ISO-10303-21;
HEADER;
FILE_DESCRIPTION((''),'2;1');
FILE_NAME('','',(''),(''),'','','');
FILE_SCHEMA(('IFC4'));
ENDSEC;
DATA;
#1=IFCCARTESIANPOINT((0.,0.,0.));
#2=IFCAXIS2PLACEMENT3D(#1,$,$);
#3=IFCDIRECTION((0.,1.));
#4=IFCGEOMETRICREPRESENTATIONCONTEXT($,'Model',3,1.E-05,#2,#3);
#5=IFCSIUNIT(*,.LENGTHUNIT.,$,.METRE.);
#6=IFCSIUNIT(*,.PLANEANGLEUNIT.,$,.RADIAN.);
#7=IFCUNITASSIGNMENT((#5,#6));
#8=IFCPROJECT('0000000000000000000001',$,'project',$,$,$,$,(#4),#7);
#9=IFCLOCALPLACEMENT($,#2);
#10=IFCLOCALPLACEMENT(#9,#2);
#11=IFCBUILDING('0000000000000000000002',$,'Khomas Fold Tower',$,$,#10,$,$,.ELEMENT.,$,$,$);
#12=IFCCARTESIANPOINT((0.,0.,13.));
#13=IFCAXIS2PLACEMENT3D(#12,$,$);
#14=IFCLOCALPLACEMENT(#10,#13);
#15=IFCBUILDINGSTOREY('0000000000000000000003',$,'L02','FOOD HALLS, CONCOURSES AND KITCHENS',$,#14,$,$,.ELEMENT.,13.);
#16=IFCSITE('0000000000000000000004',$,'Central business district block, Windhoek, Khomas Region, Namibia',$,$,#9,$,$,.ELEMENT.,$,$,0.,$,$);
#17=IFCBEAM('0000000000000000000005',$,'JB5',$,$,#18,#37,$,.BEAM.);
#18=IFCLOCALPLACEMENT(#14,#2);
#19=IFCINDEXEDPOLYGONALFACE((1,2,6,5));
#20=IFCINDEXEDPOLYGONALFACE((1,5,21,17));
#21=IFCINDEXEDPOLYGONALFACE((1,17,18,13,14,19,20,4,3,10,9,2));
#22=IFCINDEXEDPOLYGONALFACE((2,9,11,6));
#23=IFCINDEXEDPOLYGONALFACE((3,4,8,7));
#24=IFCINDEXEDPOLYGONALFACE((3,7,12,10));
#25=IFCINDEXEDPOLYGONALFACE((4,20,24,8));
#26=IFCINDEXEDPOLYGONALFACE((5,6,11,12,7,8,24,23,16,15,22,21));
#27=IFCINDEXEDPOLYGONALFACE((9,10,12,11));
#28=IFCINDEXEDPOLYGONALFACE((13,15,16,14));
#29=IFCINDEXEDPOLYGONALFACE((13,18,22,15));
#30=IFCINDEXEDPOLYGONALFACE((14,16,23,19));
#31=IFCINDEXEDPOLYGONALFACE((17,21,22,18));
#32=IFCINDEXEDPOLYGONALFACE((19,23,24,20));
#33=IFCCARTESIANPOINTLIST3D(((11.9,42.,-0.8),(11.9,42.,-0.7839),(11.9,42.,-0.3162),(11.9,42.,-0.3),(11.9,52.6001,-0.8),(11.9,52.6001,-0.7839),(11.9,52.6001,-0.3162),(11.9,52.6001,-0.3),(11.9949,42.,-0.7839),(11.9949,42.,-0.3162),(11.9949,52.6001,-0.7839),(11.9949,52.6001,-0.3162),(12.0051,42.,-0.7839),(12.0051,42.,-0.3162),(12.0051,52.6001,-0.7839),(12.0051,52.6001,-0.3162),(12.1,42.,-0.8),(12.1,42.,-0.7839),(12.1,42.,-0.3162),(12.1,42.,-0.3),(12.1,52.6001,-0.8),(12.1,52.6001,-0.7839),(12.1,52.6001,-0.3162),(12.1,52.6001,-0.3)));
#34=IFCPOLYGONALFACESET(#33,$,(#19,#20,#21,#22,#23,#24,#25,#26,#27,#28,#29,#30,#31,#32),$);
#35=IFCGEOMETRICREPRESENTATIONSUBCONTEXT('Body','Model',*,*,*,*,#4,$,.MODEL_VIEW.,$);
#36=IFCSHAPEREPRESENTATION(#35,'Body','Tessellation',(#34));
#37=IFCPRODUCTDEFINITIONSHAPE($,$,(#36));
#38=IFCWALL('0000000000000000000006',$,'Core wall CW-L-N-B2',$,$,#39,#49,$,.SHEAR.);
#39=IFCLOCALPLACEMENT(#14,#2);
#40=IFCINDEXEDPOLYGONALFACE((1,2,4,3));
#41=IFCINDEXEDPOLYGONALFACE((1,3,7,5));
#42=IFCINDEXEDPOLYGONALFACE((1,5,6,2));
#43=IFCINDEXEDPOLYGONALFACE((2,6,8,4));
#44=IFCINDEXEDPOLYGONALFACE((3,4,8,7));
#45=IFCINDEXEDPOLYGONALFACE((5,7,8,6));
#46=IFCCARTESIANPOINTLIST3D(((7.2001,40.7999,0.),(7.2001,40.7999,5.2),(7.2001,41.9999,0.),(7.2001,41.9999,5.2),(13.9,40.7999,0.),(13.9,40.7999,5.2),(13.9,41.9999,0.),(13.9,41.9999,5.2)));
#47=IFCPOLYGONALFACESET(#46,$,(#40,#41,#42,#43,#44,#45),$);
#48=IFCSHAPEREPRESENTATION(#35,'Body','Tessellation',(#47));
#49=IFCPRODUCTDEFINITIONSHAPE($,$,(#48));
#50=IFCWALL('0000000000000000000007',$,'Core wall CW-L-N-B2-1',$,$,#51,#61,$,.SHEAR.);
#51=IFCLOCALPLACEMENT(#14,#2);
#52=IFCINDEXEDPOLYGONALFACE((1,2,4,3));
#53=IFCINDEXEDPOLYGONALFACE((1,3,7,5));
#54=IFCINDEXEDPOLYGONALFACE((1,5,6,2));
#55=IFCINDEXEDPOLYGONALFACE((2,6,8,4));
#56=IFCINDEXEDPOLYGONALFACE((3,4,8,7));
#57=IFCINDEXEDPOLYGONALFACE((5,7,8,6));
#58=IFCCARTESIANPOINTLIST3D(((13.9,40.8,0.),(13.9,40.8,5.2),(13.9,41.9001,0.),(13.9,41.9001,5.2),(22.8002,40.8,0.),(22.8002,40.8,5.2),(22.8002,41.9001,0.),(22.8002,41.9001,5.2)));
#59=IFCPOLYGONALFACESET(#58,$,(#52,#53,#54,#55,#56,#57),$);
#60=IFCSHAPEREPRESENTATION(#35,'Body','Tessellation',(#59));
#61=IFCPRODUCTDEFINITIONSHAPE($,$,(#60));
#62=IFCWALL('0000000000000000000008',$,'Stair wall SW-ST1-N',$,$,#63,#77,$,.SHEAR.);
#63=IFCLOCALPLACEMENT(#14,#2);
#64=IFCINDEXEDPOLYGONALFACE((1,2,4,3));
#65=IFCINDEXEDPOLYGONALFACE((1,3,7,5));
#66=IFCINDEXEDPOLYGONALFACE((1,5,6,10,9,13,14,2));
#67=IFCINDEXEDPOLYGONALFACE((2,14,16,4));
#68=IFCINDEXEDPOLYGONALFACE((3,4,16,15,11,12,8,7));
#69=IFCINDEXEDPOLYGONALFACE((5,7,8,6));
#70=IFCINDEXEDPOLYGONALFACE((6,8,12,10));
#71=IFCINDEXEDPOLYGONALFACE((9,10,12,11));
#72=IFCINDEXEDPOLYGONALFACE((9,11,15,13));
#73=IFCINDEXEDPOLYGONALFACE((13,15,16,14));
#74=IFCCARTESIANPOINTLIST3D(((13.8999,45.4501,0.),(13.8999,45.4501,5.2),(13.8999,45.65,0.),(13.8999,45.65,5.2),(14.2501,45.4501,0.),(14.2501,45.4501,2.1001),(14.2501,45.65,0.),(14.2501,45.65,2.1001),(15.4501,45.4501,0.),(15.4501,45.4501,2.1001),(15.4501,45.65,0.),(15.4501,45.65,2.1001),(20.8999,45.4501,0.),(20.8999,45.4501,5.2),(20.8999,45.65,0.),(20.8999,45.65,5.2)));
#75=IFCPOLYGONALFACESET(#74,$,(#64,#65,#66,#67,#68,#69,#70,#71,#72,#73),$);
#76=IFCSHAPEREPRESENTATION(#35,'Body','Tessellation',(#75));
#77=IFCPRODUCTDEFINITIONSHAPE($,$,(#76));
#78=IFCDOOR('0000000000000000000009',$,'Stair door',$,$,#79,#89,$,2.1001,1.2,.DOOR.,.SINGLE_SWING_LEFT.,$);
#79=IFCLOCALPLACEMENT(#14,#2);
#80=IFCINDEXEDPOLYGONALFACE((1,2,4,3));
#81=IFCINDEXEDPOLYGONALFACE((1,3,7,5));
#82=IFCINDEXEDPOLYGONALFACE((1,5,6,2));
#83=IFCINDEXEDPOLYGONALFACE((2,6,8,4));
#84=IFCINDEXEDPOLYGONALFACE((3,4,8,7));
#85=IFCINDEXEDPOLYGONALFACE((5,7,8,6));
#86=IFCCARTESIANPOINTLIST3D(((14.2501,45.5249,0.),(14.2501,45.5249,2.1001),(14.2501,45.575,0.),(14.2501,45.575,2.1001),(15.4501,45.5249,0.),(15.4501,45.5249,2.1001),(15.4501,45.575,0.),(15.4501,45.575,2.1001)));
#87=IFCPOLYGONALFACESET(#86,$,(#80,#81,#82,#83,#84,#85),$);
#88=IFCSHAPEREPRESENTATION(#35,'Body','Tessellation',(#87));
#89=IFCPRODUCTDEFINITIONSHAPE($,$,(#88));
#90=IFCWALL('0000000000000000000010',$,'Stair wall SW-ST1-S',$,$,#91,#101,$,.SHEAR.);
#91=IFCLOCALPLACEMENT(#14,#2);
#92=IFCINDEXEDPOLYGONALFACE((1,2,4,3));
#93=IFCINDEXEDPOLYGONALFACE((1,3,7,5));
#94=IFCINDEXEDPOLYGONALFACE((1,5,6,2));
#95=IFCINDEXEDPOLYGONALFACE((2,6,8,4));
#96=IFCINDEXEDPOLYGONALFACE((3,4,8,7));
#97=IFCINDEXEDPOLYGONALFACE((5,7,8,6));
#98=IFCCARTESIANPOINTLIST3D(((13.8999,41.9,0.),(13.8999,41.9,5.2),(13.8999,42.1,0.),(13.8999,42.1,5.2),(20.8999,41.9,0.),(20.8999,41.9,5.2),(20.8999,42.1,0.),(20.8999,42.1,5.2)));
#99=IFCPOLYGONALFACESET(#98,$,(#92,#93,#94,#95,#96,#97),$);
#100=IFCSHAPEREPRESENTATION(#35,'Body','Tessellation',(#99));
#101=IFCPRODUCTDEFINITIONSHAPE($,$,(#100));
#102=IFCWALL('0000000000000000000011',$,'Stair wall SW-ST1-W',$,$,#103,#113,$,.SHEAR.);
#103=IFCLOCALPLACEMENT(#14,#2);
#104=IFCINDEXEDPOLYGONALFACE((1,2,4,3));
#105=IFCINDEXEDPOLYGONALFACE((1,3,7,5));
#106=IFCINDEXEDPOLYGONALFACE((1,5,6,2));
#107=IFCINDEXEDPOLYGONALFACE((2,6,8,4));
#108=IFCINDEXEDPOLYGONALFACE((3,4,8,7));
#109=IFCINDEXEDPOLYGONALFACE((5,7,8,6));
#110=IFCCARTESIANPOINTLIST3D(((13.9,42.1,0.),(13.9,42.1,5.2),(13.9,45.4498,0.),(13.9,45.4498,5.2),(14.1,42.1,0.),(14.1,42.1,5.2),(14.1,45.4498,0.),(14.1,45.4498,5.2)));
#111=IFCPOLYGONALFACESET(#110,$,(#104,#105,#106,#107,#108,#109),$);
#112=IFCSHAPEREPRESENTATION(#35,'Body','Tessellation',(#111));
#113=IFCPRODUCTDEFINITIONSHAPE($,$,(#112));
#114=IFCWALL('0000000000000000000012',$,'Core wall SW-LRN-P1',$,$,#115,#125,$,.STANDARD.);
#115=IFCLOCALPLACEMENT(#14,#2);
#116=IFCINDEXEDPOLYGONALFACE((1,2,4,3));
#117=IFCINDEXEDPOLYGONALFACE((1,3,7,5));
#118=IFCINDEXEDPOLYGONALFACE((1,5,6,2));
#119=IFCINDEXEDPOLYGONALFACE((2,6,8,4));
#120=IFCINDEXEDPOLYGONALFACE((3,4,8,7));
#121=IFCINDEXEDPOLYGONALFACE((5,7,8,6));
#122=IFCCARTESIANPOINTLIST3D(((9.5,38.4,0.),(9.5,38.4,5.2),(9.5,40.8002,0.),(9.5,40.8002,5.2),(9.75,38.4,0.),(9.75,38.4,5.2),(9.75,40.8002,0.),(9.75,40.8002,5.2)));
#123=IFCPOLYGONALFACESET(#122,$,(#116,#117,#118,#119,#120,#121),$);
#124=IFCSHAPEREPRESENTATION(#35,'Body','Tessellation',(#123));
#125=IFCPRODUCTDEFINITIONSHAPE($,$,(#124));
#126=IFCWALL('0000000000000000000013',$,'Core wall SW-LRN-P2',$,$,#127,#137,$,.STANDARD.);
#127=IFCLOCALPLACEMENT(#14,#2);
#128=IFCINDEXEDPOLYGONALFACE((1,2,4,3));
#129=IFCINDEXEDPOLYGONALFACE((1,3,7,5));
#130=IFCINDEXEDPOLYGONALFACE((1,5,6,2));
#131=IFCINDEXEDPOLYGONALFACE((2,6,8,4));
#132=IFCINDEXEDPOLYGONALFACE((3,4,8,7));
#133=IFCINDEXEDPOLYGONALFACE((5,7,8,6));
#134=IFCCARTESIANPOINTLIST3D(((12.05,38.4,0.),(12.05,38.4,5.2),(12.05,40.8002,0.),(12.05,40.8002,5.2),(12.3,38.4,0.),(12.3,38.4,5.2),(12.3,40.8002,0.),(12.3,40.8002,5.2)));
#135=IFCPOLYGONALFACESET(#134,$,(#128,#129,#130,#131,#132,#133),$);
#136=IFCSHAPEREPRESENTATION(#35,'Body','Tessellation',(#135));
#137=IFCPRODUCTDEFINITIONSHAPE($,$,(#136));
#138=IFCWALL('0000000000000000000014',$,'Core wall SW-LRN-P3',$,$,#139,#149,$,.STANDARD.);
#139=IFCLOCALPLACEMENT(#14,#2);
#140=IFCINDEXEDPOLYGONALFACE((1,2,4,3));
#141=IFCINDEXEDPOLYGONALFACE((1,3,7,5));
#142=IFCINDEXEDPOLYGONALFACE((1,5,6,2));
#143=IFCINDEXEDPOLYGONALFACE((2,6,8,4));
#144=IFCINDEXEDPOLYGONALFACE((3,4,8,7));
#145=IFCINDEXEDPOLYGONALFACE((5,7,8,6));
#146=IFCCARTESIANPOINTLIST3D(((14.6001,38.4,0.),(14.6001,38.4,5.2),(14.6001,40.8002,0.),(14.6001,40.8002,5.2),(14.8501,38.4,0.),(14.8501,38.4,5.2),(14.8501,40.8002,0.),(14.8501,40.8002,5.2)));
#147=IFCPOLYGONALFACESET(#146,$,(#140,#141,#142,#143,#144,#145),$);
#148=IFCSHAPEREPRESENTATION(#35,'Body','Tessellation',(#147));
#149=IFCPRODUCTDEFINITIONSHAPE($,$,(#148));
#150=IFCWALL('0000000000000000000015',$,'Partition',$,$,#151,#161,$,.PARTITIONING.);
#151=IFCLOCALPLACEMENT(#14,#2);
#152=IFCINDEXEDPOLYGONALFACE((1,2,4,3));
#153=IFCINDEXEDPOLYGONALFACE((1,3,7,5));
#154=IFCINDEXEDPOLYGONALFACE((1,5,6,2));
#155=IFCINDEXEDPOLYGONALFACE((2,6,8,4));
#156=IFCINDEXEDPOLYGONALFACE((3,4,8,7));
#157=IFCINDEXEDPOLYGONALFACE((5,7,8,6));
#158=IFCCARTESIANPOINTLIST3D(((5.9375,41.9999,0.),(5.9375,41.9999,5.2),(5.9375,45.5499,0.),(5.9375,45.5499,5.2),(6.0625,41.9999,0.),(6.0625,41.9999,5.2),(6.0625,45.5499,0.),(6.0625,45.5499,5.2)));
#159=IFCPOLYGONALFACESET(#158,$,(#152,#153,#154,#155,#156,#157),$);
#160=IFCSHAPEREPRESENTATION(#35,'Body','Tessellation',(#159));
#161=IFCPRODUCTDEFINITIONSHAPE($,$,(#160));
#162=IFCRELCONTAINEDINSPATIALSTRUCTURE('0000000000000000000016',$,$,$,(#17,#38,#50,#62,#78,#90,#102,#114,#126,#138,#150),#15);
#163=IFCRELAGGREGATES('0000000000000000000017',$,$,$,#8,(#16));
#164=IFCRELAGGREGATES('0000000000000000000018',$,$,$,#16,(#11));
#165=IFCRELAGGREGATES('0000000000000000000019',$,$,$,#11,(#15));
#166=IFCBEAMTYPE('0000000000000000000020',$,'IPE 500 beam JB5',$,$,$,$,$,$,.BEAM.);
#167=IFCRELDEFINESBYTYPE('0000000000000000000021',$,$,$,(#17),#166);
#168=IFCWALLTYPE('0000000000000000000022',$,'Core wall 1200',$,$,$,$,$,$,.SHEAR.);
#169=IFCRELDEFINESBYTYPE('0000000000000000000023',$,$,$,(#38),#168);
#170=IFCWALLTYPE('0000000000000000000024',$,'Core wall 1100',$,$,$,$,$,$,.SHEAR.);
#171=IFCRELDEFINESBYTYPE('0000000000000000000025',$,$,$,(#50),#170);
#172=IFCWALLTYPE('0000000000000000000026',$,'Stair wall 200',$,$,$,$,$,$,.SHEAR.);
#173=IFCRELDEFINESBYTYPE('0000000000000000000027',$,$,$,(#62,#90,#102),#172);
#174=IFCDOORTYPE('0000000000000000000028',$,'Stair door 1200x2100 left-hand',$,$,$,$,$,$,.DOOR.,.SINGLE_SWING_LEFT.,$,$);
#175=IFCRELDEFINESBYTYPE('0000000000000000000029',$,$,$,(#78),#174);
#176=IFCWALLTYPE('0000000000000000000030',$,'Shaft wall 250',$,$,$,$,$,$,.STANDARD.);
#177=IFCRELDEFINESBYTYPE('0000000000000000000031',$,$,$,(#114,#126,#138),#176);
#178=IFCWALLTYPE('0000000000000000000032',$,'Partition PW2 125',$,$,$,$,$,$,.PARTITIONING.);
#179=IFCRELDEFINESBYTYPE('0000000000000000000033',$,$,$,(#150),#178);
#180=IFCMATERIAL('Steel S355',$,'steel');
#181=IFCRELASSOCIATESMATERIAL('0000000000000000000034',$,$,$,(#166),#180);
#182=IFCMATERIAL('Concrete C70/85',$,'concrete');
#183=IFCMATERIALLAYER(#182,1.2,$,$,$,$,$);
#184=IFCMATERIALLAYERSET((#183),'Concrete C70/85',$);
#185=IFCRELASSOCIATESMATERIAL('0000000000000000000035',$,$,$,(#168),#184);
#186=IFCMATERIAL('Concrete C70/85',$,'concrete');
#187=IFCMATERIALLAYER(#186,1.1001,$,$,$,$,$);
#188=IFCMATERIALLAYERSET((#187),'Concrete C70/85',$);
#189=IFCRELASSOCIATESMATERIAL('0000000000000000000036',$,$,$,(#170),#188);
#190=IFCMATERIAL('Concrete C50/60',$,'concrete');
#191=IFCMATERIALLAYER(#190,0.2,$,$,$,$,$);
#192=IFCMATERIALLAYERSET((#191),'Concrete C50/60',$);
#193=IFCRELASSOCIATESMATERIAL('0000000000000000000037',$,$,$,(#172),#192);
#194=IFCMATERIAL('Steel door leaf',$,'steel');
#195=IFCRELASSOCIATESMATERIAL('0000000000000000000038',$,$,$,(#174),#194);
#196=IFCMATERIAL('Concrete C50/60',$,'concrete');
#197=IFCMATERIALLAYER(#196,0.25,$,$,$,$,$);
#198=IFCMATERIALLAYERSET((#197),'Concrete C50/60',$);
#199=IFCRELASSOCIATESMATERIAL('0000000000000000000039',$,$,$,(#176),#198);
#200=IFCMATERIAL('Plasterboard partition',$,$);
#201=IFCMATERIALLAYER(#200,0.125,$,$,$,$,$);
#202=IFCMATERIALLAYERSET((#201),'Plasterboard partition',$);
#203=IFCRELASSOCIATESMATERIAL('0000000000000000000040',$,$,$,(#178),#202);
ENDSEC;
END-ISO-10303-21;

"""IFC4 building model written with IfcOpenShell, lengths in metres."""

from ifc_helpers import new_model, si_unit, direction, frame, frame_2d, origin, origin_2d, place, context, subcontext, project, spatial, rectangle, i_section, extrude, source, transform, mapped, material, layer, layer_set, material_profile, profile_set, type_object, element, fill, save


model = new_model("IFC4")

# Units and contexts
model_context = context("Model", 3, precision=1e-05, world=origin(), true_north=direction((0.0, 1.0)))
body_context = subcontext(model_context, "Body", "Model", "MODEL_VIEW")
ifc_project = project(units=[si_unit("LENGTHUNIT", "METRE"), si_unit("PLANEANGLEUNIT", "RADIAN")], contexts=[model_context])

# Site, building, storey
site_placement = place(None, origin())
site = spatial("IfcSite", under=ifc_project, at=site_placement, Name="Central business district block, Windhoek, Khomas Region, Namibia", CompositionType="ELEMENT", RefElevation=0.0)
building_placement = place(site_placement, origin())
building = spatial("IfcBuilding", under=site, at=building_placement, Name="Khomas Fold Tower", CompositionType="ELEMENT")
storey_placement = place(building_placement, frame((0.0, 0.0, 13.0)))
storey = spatial("IfcBuildingStorey", under=building, at=storey_placement, Name="L02", Description="FOOD HALLS, CONCOURSES AND KITCHENS", CompositionType="ELEMENT", Elevation=13.0)

# Beam
ifc_material_1 = material(Name="Steel S355", Category="steel")
ifc_material_profile = material_profile(ifc_material_1, i_section(OverallWidth=0.2, OverallDepth=0.5, WebThickness=0.0103, FlangeThickness=0.0161, at=origin_2d()), Name="IPE 500")
ifc_profile_set = profile_set([ifc_material_profile], Name="Steel S355")
beam_type = type_object("IfcBeamType", Name="IPE 500 beam JB5", PredefinedType="BEAM", material=ifc_profile_set)
shared_shape_1 = source(origin(), body_context, "Body", "SweptSolid", [
    extrude(i_section(OverallWidth=0.2, OverallDepth=0.5, WebThickness=0.0103, FlangeThickness=0.0161, at=origin_2d()), origin(), (0.0, 0.0, 1.0), 10.6001),
])
beam_placement = place(storey_placement, frame((12.0, 42.0, -0.55), z_axis=(0.0, 1.0, 0.0), x_axis=(-1.0, 0.0, 0.0)))
element("IfcBeam", 1, at=beam_placement, inside=storey, type_object=beam_type, Name="JB5", PredefinedType="BEAM", context=body_context, shape_type="MappedRepresentation", body=[
    mapped(shared_shape_1, transform((0.0, 0.0, 0.0))),
])

# Walls
ifc_material_2 = material(Name="Concrete C70/85", Category="concrete")
ifc_layer_1 = layer(ifc_material_2, 1.2)
ifc_layer_set_1 = layer_set([ifc_layer_1], Name="Concrete C70/85")
wall_type_1 = type_object("IfcWallType", Name="Core wall 1200", PredefinedType="SHEAR", material=ifc_layer_set_1)
shared_shape_2 = source(origin(), body_context, "Body", "SweptSolid", [
    extrude(rectangle(XDim=6.7, YDim=1.2, at=frame_2d((3.3501, 0.0))), origin(), (0.0, 0.0, 1.0), 5.2),
])
wall_1_placement = place(storey_placement, frame((7.2, 41.3999, 0.0), z_axis=(0.0, 0.0, 1.0), x_axis=(1.0, 0.0, 0.0)))
element("IfcWall", 2, at=wall_1_placement, inside=storey, type_object=wall_type_1, Name="Core wall CW-L-N-B2", PredefinedType="SHEAR", context=body_context, shape_type="MappedRepresentation", body=[
    mapped(shared_shape_2, transform((0.0, 0.0, 0.0))),
])
ifc_material_3 = material(Name="Concrete C70/85", Category="concrete")
ifc_layer_2 = layer(ifc_material_3, 1.1001)
ifc_layer_set_2 = layer_set([ifc_layer_2], Name="Concrete C70/85")
wall_type_2 = type_object("IfcWallType", Name="Core wall 1100", PredefinedType="SHEAR", material=ifc_layer_set_2)
shared_shape_3 = source(origin(), body_context, "Body", "SweptSolid", [
    extrude(rectangle(XDim=8.9001, YDim=1.1001, at=frame_2d((4.4502, 0.0))), origin(), (0.0, 0.0, 1.0), 5.2),
])
wall_2_placement = place(storey_placement, frame((13.8999, 41.3501, 0.0), z_axis=(0.0, 0.0, 1.0), x_axis=(1.0, 0.0, 0.0)))
element("IfcWall", 3, at=wall_2_placement, inside=storey, type_object=wall_type_2, Name="Core wall CW-L-N-B2-1", PredefinedType="SHEAR", context=body_context, shape_type="MappedRepresentation", body=[
    mapped(shared_shape_3, transform((0.0, 0.0, 0.0))),
])

# Wall, opening, door
ifc_material_4 = material(Name="Concrete C50/60", Category="concrete")
ifc_layer_3 = layer(ifc_material_4, 0.2)
ifc_layer_set_3 = layer_set([ifc_layer_3], Name="Concrete C50/60")
wall_type_3 = type_object("IfcWallType", Name="Stair wall 200", PredefinedType="SHEAR", material=ifc_layer_set_3)
shared_shape_4 = source(origin(), body_context, "Body", "SweptSolid", [
    extrude(rectangle(XDim=7.0, YDim=0.2, at=frame_2d((3.5, 0.0))), origin(), (0.0, 0.0, 1.0), 5.2),
])
wall_3_placement = place(storey_placement, frame((13.8999, 45.55, 0.0), z_axis=(0.0, 0.0, 1.0), x_axis=(1.0, 0.0, 0.0)))
wall_3 = element("IfcWall", 4, at=wall_3_placement, inside=storey, type_object=wall_type_3, Name="Stair wall SW-ST1-N", PredefinedType="SHEAR", context=body_context, shape_type="MappedRepresentation", body=[
    mapped(shared_shape_4, transform((0.0, 0.0, 0.0))),
])
shared_shape_5 = source(origin(), body_context, "Body", "SweptSolid", [
    extrude(rectangle(XDim=1.2, YDim=2.1001, at=frame_2d((0.6001, 1.05))), frame((0.0, 0.1099, 0.0), z_axis=(0.0, -1.0, 0.0), x_axis=(1.0, 0.0, 0.0)), (0.0, 0.0, 1.0), 0.22),
])
opening_placement = place(wall_3_placement, frame((0.3501, 0.0, 0.0)))
opening = element("IfcOpeningElement", 5, at=opening_placement, cuts=wall_3, PredefinedType="OPENING", context=body_context, shape_type="MappedRepresentation", body=[
    mapped(shared_shape_5, transform((0.0, 0.0, 0.0))),
])
ifc_material_5 = material(Name="Steel door leaf", Category="steel")
door_type = type_object("IfcDoorType", Name="Stair door 1200x2100 left-hand", OperationType="SINGLE_SWING_LEFT", PredefinedType="DOOR", material=ifc_material_5)
shared_shape_6 = source(origin(), body_context, "Body", "SweptSolid", [
    extrude(rectangle(XDim=1.2, YDim=2.1001, at=frame_2d((0.6001, 1.05))), frame((0.0, 0.0249, 0.0), z_axis=(0.0, -1.0, 0.0), x_axis=(1.0, 0.0, 0.0)), (0.0, 0.0, 1.0), 0.05),
])
door_placement = place(opening_placement, origin())
door = element("IfcDoor", 6, at=door_placement, inside=storey, type_object=door_type, Name="Stair door", OperationType="SINGLE_SWING_LEFT", OverallHeight=2.1001, OverallWidth=1.2, PredefinedType="DOOR", context=body_context, shape_type="MappedRepresentation", body=[
    mapped(shared_shape_6, transform((0.0, 0.0, 0.0))),
])
fill(opening, door)

# Walls
wall_4_placement = place(storey_placement, frame((13.8999, 42.0, 0.0), z_axis=(0.0, 0.0, 1.0), x_axis=(1.0, 0.0, 0.0)))
element("IfcWall", 7, at=wall_4_placement, inside=storey, type_object=wall_type_3, Name="Stair wall SW-ST1-S", PredefinedType="SHEAR", context=body_context, shape_type="MappedRepresentation", body=[
    mapped(shared_shape_4, transform((0.0, 0.0, 0.0))),
])
shared_shape_7 = source(origin(), body_context, "Body", "SweptSolid", [
    extrude(rectangle(XDim=3.3499, YDim=0.2, at=frame_2d((1.6748, 0.0))), origin(), (0.0, 0.0, 1.0), 5.2),
])
wall_5_placement = place(storey_placement, frame((14.0, 42.1001, 0.0), z_axis=(0.0, 0.0, 1.0), x_axis=(0.0, 1.0, 0.0)))
element("IfcWall", 8, at=wall_5_placement, inside=storey, type_object=wall_type_3, Name="Stair wall SW-ST1-W", PredefinedType="SHEAR", context=body_context, shape_type="MappedRepresentation", body=[
    mapped(shared_shape_7, transform((0.0, 0.0, 0.0))),
])
ifc_material_6 = material(Name="Concrete C50/60", Category="concrete")
ifc_layer_4 = layer(ifc_material_6, 0.25)
ifc_layer_set_4 = layer_set([ifc_layer_4], Name="Concrete C50/60")
wall_type_4 = type_object("IfcWallType", Name="Shaft wall 250", PredefinedType="STANDARD", material=ifc_layer_set_4)
shared_shape_8 = source(origin(), body_context, "Body", "SweptSolid", [
    extrude(rectangle(XDim=2.4001, YDim=0.25, at=frame_2d((1.2002, 0.0))), origin(), (0.0, 0.0, 1.0), 5.2),
])
for number, where, z_axis, x_axis, name in (
    (9, (9.625, 38.3999, 0.0), (0.0, 0.0, 1.0), (0.0, 1.0, 0.0), "Core wall SW-LRN-P1"),
    (10, (12.175, 38.3999, 0.0), (0.0, 0.0, 1.0), (0.0, 1.0, 0.0), "Core wall SW-LRN-P2"),
    (11, (14.7251, 38.3999, 0.0), (0.0, 0.0, 1.0), (0.0, 1.0, 0.0), "Core wall SW-LRN-P3"),
):
    element("IfcWall", number, at=place(storey_placement, frame(where, z_axis=z_axis, x_axis=x_axis)), inside=storey, type_object=wall_type_4, Name=name, PredefinedType="STANDARD", context=body_context, shape_type="MappedRepresentation", body=[
        mapped(shared_shape_8, transform((0.0, 0.0, 0.0))),
    ])
ifc_material_7 = material(Name="Plasterboard partition")
ifc_layer_5 = layer(ifc_material_7, 0.125)
ifc_layer_set_5 = layer_set([ifc_layer_5], Name="Plasterboard partition")
wall_type_5 = type_object("IfcWallType", Name="Partition PW2 125", PredefinedType="PARTITIONING", material=ifc_layer_set_5)
shared_shape_9 = source(origin(), body_context, "Body", "SweptSolid", [
    extrude(rectangle(XDim=3.55, YDim=0.125, at=frame_2d((1.7749, 0.0))), origin(), (0.0, 0.0, 1.0), 5.2),
])
wall_6_placement = place(storey_placement, frame((6.0, 42.0, 0.0), z_axis=(0.0, 0.0, 1.0), x_axis=(0.0, 1.0, 0.0)))
element("IfcWall", 12, at=wall_6_placement, inside=storey, type_object=wall_type_5, Name="Partition", PredefinedType="PARTITIONING", context=body_context, shape_type="MappedRepresentation", body=[
    mapped(shared_shape_9, transform((0.0, 0.0, 0.0))),
])

save(model, "model.ifc")
